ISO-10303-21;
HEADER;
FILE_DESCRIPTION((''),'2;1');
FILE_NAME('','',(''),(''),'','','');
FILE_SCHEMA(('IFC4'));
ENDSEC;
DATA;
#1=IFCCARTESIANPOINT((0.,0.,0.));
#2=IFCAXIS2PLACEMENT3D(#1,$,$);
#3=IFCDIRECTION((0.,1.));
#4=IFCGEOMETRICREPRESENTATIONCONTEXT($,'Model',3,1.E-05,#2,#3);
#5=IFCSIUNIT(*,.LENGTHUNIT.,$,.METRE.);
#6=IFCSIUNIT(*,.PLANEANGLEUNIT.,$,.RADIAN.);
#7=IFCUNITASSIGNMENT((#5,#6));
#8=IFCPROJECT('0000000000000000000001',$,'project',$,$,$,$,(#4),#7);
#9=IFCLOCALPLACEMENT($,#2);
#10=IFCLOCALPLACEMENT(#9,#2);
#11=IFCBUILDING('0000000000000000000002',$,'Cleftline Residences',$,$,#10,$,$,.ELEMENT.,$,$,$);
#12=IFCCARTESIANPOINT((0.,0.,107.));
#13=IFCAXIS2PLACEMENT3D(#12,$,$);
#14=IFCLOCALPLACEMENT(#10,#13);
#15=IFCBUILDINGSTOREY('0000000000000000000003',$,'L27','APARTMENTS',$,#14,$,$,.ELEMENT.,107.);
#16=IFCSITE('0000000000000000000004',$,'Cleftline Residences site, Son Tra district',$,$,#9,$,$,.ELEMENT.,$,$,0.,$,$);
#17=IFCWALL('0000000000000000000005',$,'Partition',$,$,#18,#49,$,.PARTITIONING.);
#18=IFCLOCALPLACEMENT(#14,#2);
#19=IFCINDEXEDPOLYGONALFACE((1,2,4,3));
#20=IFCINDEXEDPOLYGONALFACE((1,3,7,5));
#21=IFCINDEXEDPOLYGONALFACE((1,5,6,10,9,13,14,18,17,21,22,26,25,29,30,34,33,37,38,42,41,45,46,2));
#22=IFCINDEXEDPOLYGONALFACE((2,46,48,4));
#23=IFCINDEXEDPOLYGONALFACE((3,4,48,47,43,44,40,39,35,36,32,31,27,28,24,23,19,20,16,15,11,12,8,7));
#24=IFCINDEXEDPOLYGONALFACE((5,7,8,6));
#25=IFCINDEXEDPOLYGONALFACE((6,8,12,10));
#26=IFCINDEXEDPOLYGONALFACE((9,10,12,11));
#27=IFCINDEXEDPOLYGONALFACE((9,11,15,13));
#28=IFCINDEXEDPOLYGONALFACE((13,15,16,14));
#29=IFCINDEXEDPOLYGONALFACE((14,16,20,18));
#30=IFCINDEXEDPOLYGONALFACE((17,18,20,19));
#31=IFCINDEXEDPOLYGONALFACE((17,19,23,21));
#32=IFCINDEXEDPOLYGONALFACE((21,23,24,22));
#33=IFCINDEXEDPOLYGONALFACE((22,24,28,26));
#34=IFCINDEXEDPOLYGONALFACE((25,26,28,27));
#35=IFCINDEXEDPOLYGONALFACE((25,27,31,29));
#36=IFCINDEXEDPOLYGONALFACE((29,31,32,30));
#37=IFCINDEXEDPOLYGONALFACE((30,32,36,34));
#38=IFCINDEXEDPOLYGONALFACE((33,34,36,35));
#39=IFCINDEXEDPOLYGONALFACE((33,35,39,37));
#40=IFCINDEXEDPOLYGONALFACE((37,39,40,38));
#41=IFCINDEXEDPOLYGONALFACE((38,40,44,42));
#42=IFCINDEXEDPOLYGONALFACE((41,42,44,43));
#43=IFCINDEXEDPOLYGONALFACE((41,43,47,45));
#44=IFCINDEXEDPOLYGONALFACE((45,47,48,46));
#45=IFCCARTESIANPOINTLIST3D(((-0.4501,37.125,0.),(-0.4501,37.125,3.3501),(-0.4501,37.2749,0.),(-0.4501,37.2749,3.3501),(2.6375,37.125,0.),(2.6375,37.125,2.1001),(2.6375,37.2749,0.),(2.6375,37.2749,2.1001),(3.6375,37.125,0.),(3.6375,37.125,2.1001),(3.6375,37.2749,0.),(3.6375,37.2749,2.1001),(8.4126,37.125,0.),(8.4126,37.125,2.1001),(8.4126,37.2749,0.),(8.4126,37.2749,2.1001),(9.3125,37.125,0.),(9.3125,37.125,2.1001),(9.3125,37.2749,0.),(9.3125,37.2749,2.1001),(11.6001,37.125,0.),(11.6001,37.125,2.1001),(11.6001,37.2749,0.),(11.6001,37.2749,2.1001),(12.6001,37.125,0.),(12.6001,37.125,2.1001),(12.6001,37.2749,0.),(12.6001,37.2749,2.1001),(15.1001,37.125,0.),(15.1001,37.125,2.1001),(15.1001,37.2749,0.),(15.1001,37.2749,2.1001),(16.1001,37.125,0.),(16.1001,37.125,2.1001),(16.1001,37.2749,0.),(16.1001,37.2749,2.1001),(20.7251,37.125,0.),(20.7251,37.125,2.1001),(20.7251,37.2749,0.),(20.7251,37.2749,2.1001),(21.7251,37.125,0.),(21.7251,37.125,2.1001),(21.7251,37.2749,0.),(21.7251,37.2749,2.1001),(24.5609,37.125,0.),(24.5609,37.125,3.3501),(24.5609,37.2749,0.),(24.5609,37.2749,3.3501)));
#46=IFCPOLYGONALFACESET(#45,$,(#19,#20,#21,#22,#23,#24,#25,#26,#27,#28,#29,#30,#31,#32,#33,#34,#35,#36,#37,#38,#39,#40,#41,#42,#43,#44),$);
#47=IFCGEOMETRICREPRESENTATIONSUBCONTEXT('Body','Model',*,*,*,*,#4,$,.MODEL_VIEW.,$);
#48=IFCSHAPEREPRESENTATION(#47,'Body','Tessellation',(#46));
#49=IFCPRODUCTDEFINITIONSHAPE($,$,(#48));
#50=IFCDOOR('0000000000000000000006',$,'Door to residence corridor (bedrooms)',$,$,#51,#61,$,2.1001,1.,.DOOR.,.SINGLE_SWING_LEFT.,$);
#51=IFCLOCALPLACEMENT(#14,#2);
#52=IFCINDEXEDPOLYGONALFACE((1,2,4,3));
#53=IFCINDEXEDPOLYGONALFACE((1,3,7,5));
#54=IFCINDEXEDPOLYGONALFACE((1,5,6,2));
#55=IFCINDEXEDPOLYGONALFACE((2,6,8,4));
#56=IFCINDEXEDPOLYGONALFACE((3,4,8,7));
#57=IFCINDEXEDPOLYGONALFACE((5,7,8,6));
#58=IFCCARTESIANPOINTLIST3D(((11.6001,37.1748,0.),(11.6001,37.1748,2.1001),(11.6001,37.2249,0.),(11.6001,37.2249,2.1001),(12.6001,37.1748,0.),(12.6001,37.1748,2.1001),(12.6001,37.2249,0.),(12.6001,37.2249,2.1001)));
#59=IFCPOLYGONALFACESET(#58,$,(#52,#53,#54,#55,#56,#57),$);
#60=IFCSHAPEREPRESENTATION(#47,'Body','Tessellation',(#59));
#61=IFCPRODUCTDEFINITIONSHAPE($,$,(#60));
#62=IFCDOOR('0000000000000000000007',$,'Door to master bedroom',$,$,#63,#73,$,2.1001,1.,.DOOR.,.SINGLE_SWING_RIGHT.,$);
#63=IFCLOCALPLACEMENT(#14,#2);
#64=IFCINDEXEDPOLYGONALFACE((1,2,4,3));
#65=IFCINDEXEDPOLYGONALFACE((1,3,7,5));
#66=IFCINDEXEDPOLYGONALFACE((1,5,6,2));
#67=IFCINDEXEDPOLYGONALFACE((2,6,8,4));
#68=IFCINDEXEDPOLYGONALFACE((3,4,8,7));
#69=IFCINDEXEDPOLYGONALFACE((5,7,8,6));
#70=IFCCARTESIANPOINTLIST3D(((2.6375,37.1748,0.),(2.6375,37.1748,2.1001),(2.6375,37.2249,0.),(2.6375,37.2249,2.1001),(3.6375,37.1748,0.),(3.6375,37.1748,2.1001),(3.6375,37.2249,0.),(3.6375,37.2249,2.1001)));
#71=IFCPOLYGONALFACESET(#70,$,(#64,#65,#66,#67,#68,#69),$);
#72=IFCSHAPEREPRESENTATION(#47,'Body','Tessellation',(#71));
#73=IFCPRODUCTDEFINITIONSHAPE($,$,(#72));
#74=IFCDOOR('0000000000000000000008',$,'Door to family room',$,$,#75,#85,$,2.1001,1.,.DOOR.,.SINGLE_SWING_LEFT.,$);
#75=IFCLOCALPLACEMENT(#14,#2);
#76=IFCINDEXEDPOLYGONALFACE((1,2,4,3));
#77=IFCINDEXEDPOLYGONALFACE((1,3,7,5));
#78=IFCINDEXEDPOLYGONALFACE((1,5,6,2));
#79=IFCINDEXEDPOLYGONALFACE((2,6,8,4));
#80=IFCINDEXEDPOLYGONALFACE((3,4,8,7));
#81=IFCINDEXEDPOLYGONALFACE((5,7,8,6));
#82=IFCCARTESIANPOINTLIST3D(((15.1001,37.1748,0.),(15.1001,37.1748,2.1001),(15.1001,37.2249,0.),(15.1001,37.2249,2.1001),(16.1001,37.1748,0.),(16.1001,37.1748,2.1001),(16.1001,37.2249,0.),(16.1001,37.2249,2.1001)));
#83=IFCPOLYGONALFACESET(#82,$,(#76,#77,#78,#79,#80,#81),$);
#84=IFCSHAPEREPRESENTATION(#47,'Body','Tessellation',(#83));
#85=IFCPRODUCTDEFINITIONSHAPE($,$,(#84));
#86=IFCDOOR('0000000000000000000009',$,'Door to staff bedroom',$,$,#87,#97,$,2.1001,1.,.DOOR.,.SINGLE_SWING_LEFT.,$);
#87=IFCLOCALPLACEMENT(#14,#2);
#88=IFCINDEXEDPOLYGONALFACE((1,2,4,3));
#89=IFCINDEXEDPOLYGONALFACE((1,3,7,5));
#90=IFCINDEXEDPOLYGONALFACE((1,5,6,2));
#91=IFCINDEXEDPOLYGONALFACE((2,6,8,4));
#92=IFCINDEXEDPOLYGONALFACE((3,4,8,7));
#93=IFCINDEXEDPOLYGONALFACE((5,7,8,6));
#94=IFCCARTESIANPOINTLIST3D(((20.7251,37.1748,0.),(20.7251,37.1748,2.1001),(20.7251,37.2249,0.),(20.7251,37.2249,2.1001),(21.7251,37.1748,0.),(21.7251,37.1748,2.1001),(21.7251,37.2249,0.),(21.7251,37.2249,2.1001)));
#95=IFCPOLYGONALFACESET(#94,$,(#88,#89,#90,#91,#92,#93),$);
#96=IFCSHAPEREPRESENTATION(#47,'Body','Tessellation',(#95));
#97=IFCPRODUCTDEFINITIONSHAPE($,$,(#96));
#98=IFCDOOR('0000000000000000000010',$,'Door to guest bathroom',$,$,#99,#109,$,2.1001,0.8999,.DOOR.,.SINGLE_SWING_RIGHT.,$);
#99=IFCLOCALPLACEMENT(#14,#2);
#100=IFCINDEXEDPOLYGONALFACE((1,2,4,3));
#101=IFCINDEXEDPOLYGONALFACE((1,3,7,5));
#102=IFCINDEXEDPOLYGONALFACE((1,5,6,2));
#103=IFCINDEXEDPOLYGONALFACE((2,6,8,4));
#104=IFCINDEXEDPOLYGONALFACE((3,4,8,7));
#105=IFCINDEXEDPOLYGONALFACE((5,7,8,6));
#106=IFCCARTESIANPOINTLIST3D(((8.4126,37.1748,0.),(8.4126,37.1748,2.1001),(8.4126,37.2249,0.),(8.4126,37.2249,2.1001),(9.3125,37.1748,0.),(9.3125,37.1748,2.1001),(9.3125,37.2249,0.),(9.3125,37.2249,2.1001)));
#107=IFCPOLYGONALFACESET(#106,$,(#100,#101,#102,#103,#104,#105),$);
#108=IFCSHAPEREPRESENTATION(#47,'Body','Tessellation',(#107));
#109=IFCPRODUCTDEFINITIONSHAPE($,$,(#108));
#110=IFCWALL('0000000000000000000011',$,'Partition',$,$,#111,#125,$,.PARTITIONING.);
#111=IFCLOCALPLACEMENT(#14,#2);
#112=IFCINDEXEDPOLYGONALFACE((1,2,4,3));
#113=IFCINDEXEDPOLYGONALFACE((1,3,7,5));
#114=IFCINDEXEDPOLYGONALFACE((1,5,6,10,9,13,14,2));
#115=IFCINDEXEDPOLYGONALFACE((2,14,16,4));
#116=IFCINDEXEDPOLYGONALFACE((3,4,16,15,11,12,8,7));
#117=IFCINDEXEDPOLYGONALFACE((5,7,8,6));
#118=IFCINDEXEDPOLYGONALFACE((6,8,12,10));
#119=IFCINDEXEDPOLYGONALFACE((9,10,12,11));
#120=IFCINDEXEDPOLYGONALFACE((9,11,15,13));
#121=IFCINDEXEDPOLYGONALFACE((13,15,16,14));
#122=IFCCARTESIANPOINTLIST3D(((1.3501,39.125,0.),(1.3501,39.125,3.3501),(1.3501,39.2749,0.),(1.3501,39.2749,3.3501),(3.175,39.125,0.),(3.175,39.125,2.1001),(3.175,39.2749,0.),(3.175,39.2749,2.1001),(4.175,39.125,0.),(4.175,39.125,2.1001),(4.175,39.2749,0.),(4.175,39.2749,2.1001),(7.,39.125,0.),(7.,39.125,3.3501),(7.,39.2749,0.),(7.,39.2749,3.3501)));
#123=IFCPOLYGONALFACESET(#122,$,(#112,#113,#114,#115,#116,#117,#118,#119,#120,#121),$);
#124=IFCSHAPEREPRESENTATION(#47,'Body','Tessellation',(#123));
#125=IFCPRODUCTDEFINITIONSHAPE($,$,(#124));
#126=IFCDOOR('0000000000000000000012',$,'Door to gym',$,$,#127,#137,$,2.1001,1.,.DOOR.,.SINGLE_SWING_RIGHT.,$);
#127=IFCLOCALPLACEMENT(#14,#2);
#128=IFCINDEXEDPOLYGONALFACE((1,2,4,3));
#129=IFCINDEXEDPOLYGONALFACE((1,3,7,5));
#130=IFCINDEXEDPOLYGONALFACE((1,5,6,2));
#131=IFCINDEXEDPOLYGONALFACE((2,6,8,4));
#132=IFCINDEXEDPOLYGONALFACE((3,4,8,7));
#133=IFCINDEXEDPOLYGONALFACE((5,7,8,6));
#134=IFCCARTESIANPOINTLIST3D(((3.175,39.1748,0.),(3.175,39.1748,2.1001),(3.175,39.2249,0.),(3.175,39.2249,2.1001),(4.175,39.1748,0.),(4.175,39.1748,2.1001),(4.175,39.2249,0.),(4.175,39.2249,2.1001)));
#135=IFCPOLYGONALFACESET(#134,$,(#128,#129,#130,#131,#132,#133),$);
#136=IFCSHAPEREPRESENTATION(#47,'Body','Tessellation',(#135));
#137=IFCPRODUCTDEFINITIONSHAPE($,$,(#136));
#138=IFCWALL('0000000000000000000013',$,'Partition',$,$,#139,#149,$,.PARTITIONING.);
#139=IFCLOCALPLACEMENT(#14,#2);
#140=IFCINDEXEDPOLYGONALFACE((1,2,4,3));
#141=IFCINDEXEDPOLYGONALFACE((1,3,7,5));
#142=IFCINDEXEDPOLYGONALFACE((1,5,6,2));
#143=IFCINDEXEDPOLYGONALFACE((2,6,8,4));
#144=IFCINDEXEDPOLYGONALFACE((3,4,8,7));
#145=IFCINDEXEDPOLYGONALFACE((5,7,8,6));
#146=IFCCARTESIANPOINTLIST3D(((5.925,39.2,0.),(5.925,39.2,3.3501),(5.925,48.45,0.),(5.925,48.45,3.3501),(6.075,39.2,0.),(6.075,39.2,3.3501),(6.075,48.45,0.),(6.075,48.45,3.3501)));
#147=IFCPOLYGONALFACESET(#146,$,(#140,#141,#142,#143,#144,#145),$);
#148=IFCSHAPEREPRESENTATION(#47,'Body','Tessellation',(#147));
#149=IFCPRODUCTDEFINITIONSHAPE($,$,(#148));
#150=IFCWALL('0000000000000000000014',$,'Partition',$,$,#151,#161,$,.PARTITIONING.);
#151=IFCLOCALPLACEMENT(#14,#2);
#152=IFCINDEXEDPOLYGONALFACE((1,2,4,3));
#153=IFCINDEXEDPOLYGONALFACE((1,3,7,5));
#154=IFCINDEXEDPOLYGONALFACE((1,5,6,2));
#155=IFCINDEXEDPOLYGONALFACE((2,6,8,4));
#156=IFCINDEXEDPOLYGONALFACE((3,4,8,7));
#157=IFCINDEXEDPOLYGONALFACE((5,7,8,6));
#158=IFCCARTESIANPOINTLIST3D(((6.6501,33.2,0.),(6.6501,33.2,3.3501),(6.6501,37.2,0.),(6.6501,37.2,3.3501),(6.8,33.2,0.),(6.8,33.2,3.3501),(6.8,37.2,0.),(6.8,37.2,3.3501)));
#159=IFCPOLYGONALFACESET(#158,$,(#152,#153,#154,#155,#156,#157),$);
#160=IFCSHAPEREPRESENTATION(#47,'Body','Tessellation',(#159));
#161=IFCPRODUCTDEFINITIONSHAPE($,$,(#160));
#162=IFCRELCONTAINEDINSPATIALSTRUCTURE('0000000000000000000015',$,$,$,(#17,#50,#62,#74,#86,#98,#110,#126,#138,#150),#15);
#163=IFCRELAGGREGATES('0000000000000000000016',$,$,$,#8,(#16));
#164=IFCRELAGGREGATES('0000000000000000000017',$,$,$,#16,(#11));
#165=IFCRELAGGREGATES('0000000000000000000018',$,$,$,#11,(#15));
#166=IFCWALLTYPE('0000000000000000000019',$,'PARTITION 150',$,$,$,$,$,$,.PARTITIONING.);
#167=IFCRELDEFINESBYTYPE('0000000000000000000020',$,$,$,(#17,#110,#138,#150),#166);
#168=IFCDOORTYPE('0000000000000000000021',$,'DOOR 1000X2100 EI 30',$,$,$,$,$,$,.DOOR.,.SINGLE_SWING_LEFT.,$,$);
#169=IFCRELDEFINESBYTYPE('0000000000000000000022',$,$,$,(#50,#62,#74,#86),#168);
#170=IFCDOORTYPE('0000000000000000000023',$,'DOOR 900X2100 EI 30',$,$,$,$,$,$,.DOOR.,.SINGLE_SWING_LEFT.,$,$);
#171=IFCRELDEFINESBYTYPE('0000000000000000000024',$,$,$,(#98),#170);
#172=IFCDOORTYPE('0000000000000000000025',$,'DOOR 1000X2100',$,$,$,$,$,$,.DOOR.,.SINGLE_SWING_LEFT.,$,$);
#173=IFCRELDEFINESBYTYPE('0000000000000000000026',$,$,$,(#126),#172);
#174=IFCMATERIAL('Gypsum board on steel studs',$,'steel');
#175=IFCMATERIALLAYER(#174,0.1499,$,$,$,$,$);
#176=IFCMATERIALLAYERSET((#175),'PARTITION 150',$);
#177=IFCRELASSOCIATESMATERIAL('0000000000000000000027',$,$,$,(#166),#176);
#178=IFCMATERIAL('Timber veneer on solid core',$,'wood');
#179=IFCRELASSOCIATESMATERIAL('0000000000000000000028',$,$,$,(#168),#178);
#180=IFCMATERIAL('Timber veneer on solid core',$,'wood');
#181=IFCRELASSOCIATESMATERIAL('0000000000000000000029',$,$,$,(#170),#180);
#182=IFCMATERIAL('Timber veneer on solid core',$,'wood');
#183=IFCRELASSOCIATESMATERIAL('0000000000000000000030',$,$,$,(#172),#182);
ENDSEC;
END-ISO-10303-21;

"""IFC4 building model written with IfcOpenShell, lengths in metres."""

from ifc_helpers import new_model, si_unit, direction, frame, frame_2d, origin, place, context, subcontext, project, spatial, rectangle, extrude, material, layer, layer_set, type_object, element, fill, save


model = new_model("IFC4")

# Units and contexts
model_context = context("Model", 3, precision=1e-05, world=origin(), true_north=direction((0.0, 1.0)))
body_context = subcontext(model_context, "Body", "Model", "MODEL_VIEW")
ifc_project = project(units=[si_unit("LENGTHUNIT", "METRE"), si_unit("PLANEANGLEUNIT", "RADIAN")], contexts=[model_context])

# Site, building, storey
site_placement = place(None, origin())
site = spatial("IfcSite", under=ifc_project, at=site_placement, Name="Cleftline Residences site, Son Tra district", CompositionType="ELEMENT", RefElevation=0.0)
building_placement = place(site_placement, origin())
building = spatial("IfcBuilding", under=site, at=building_placement, Name="Cleftline Residences", CompositionType="ELEMENT")
storey_placement = place(building_placement, frame((0.0, 0.0, 107.0)))
storey = spatial("IfcBuildingStorey", under=building, at=storey_placement, Name="L27", Description="APARTMENTS", CompositionType="ELEMENT", Elevation=107.0)

# Shared definitions
ifc_material_1 = material(Name="Gypsum board on steel studs", Category="steel")
ifc_layer = layer(ifc_material_1, 0.1499)
ifc_layer_set = layer_set([ifc_layer], Name="PARTITION 150")
wall_type = type_object("IfcWallType", Name="PARTITION 150", PredefinedType="PARTITIONING", material=ifc_layer_set)

# Wall, openings, doors
wall_1_placement = place(storey_placement, frame((-0.45, 37.2, 0.0), z_axis=(0.0, 0.0, 1.0), x_axis=(1.0, 0.0, 0.0)))
wall_1 = element("IfcWall", 1, at=wall_1_placement, inside=storey, type_object=wall_type, Name="Partition", PredefinedType="PARTITIONING", context=body_context, shape_type="SweptSolid", body=[
    extrude(rectangle(XDim=25.011, YDim=0.1499, at=frame_2d((12.5054, 0.0))), origin(), (0.0, 0.0, 1.0), 3.3501),
])
opening_1_placement = place(wall_1_placement, frame((12.05, 0.0, 0.0)))
opening_1 = element("IfcOpeningElement", 2, at=opening_1_placement, cuts=wall_1, PredefinedType="OPENING", context=body_context, shape_type="SweptSolid", body=[
    extrude(rectangle(XDim=1.0, YDim=2.1001, at=frame_2d((0.5, 1.05))), frame((0.0, 0.085, 0.0), z_axis=(0.0, -1.0, 0.0), x_axis=(1.0, 0.0, 0.0)), (0.0, 0.0, 1.0), 0.1699),
])
opening_2_placement = place(wall_1_placement, frame((3.0874, 0.0, 0.0)))
opening_2 = element("IfcOpeningElement", 3, at=opening_2_placement, cuts=wall_1, PredefinedType="OPENING", context=body_context, shape_type="SweptSolid", body=[
    extrude(rectangle(XDim=1.0, YDim=2.1001, at=frame_2d((0.5, 1.05))), frame((0.0, 0.085, 0.0), z_axis=(0.0, -1.0, 0.0), x_axis=(1.0, 0.0, 0.0)), (0.0, 0.0, 1.0), 0.1699),
])
opening_3_placement = place(wall_1_placement, frame((8.8625, 0.0, 0.0)))
opening_3 = element("IfcOpeningElement", 4, at=opening_3_placement, cuts=wall_1, PredefinedType="OPENING", context=body_context, shape_type="SweptSolid", body=[
    extrude(rectangle(XDim=0.8999, YDim=2.1001, at=frame_2d((0.45, 1.05))), frame((0.0, 0.085, 0.0), z_axis=(0.0, -1.0, 0.0), x_axis=(1.0, 0.0, 0.0)), (0.0, 0.0, 1.0), 0.1699),
])
opening_4_placement = place(wall_1_placement, frame((15.55, 0.0, 0.0)))
opening_4 = element("IfcOpeningElement", 5, at=opening_4_placement, cuts=wall_1, PredefinedType="OPENING", context=body_context, shape_type="SweptSolid", body=[
    extrude(rectangle(XDim=1.0, YDim=2.1001, at=frame_2d((0.5, 1.05))), frame((0.0, 0.085, 0.0), z_axis=(0.0, -1.0, 0.0), x_axis=(1.0, 0.0, 0.0)), (0.0, 0.0, 1.0), 0.1699),
])
opening_5_placement = place(wall_1_placement, frame((21.175, 0.0, 0.0)))
opening_5 = element("IfcOpeningElement", 6, at=opening_5_placement, cuts=wall_1, PredefinedType="OPENING", context=body_context, shape_type="SweptSolid", body=[
    extrude(rectangle(XDim=1.0, YDim=2.1001, at=frame_2d((0.5, 1.05))), frame((0.0, 0.085, 0.0), z_axis=(0.0, -1.0, 0.0), x_axis=(1.0, 0.0, 0.0)), (0.0, 0.0, 1.0), 0.1699),
])
ifc_material_2 = material(Name="Timber veneer on solid core", Category="wood")
door_type_1 = type_object("IfcDoorType", Name="DOOR 1000X2100 EI 30", OperationType="SINGLE_SWING_LEFT", PredefinedType="DOOR", material=ifc_material_2)
door_1_placement = place(opening_1_placement, origin())
door_1 = element("IfcDoor", 7, at=door_1_placement, inside=storey, type_object=door_type_1, Name="Door to residence corridor (bedrooms)", OperationType="SINGLE_SWING_LEFT", OverallHeight=2.1001, OverallWidth=1.0, PredefinedType="DOOR", context=body_context, shape_type="SweptSolid", body=[
    extrude(rectangle(XDim=1.0, YDim=2.1001, at=frame_2d((0.5, 1.05))), frame((0.0, 0.0249, 0.0), z_axis=(0.0, -1.0, 0.0), x_axis=(1.0, 0.0, 0.0)), (0.0, 0.0, 1.0), 0.05),
])
fill(opening_1, door_1)
door_2_placement = place(opening_2_placement, origin())
door_2 = element("IfcDoor", 8, at=door_2_placement, inside=storey, type_object=door_type_1, Name="Door to master bedroom", OperationType="SINGLE_SWING_RIGHT", OverallHeight=2.1001, OverallWidth=1.0, PredefinedType="DOOR", context=body_context, shape_type="SweptSolid", body=[
    extrude(rectangle(XDim=1.0, YDim=2.1001, at=frame_2d((0.5, 1.05))), frame((0.0, 0.0249, 0.0), z_axis=(0.0, -1.0, 0.0), x_axis=(1.0, 0.0, 0.0)), (0.0, 0.0, 1.0), 0.05),
])
fill(opening_2, door_2)
door_3_placement = place(opening_4_placement, origin())
door_3 = element("IfcDoor", 9, at=door_3_placement, inside=storey, type_object=door_type_1, Name="Door to family room", OperationType="SINGLE_SWING_LEFT", OverallHeight=2.1001, OverallWidth=1.0, PredefinedType="DOOR", context=body_context, shape_type="SweptSolid", body=[
    extrude(rectangle(XDim=1.0, YDim=2.1001, at=frame_2d((0.5, 1.05))), frame((0.0, 0.0249, 0.0), z_axis=(0.0, -1.0, 0.0), x_axis=(1.0, 0.0, 0.0)), (0.0, 0.0, 1.0), 0.05),
])
fill(opening_4, door_3)
door_4_placement = place(opening_5_placement, origin())
door_4 = element("IfcDoor", 10, at=door_4_placement, inside=storey, type_object=door_type_1, Name="Door to staff bedroom", OperationType="SINGLE_SWING_LEFT", OverallHeight=2.1001, OverallWidth=1.0, PredefinedType="DOOR", context=body_context, shape_type="SweptSolid", body=[
    extrude(rectangle(XDim=1.0, YDim=2.1001, at=frame_2d((0.5, 1.05))), frame((0.0, 0.0249, 0.0), z_axis=(0.0, -1.0, 0.0), x_axis=(1.0, 0.0, 0.0)), (0.0, 0.0, 1.0), 0.05),
])
fill(opening_5, door_4)
ifc_material_3 = material(Name="Timber veneer on solid core", Category="wood")
door_type_2 = type_object("IfcDoorType", Name="DOOR 900X2100 EI 30", OperationType="SINGLE_SWING_LEFT", PredefinedType="DOOR", material=ifc_material_3)
door_5_placement = place(opening_3_placement, origin())
door_5 = element("IfcDoor", 11, at=door_5_placement, inside=storey, type_object=door_type_2, Name="Door to guest bathroom", OperationType="SINGLE_SWING_RIGHT", OverallHeight=2.1001, OverallWidth=0.8999, PredefinedType="DOOR", context=body_context, shape_type="SweptSolid", body=[
    extrude(rectangle(XDim=0.8999, YDim=2.1001, at=frame_2d((0.45, 1.05))), frame((0.0, 0.0249, 0.0), z_axis=(0.0, -1.0, 0.0), x_axis=(1.0, 0.0, 0.0)), (0.0, 0.0, 1.0), 0.05),
])
fill(opening_3, door_5)

# Wall, opening, door
wall_2_placement = place(storey_placement, frame((1.3501, 39.2, 0.0), z_axis=(0.0, 0.0, 1.0), x_axis=(1.0, 0.0, 0.0)))
wall_2 = element("IfcWall", 12, at=wall_2_placement, inside=storey, type_object=wall_type, Name="Partition", PredefinedType="PARTITIONING", context=body_context, shape_type="SweptSolid", body=[
    extrude(rectangle(XDim=5.6499, YDim=0.1499, at=frame_2d((2.825, 0.0))), origin(), (0.0, 0.0, 1.0), 3.3501),
])
opening_6_placement = place(wall_2_placement, frame((1.825, 0.0, 0.0)))
opening_6 = element("IfcOpeningElement", 13, at=opening_6_placement, cuts=wall_2, PredefinedType="OPENING", context=body_context, shape_type="SweptSolid", body=[
    extrude(rectangle(XDim=1.0, YDim=2.1001, at=frame_2d((0.5, 1.05))), frame((0.0, 0.085, 0.0), z_axis=(0.0, -1.0, 0.0), x_axis=(1.0, 0.0, 0.0)), (0.0, 0.0, 1.0), 0.1699),
])
ifc_material_4 = material(Name="Timber veneer on solid core", Category="wood")
door_type_3 = type_object("IfcDoorType", Name="DOOR 1000X2100", OperationType="SINGLE_SWING_LEFT", PredefinedType="DOOR", material=ifc_material_4)
door_6_placement = place(opening_6_placement, origin())
door_6 = element("IfcDoor", 14, at=door_6_placement, inside=storey, type_object=door_type_3, Name="Door to gym", OperationType="SINGLE_SWING_RIGHT", OverallHeight=2.1001, OverallWidth=1.0, PredefinedType="DOOR", context=body_context, shape_type="SweptSolid", body=[
    extrude(rectangle(XDim=1.0, YDim=2.1001, at=frame_2d((0.5, 1.05))), frame((0.0, 0.0249, 0.0), z_axis=(0.0, -1.0, 0.0), x_axis=(1.0, 0.0, 0.0)), (0.0, 0.0, 1.0), 0.05),
])
fill(opening_6, door_6)

# Walls
wall_3_placement = place(storey_placement, frame((6.0, 39.2, 0.0), z_axis=(0.0, 0.0, 1.0), x_axis=(0.0, 1.0, 0.0)))
element("IfcWall", 15, at=wall_3_placement, inside=storey, type_object=wall_type, Name="Partition", PredefinedType="PARTITIONING", context=body_context, shape_type="SweptSolid", body=[
    extrude(rectangle(XDim=9.25, YDim=0.1499, at=frame_2d((4.625, 0.0))), origin(), (0.0, 0.0, 1.0), 3.3501),
])
wall_4_placement = place(storey_placement, frame((6.7251, 33.2, 0.0), z_axis=(0.0, 0.0, 1.0), x_axis=(0.0, 1.0, 0.0)))
element("IfcWall", 16, at=wall_4_placement, inside=storey, type_object=wall_type, Name="Partition", PredefinedType="PARTITIONING", context=body_context, shape_type="SweptSolid", body=[
    extrude(rectangle(XDim=4.0, YDim=0.1499, at=frame_2d((2.0, 0.0))), origin(), (0.0, 0.0, 1.0), 3.3501),
])

save(model, "model.ifc")
